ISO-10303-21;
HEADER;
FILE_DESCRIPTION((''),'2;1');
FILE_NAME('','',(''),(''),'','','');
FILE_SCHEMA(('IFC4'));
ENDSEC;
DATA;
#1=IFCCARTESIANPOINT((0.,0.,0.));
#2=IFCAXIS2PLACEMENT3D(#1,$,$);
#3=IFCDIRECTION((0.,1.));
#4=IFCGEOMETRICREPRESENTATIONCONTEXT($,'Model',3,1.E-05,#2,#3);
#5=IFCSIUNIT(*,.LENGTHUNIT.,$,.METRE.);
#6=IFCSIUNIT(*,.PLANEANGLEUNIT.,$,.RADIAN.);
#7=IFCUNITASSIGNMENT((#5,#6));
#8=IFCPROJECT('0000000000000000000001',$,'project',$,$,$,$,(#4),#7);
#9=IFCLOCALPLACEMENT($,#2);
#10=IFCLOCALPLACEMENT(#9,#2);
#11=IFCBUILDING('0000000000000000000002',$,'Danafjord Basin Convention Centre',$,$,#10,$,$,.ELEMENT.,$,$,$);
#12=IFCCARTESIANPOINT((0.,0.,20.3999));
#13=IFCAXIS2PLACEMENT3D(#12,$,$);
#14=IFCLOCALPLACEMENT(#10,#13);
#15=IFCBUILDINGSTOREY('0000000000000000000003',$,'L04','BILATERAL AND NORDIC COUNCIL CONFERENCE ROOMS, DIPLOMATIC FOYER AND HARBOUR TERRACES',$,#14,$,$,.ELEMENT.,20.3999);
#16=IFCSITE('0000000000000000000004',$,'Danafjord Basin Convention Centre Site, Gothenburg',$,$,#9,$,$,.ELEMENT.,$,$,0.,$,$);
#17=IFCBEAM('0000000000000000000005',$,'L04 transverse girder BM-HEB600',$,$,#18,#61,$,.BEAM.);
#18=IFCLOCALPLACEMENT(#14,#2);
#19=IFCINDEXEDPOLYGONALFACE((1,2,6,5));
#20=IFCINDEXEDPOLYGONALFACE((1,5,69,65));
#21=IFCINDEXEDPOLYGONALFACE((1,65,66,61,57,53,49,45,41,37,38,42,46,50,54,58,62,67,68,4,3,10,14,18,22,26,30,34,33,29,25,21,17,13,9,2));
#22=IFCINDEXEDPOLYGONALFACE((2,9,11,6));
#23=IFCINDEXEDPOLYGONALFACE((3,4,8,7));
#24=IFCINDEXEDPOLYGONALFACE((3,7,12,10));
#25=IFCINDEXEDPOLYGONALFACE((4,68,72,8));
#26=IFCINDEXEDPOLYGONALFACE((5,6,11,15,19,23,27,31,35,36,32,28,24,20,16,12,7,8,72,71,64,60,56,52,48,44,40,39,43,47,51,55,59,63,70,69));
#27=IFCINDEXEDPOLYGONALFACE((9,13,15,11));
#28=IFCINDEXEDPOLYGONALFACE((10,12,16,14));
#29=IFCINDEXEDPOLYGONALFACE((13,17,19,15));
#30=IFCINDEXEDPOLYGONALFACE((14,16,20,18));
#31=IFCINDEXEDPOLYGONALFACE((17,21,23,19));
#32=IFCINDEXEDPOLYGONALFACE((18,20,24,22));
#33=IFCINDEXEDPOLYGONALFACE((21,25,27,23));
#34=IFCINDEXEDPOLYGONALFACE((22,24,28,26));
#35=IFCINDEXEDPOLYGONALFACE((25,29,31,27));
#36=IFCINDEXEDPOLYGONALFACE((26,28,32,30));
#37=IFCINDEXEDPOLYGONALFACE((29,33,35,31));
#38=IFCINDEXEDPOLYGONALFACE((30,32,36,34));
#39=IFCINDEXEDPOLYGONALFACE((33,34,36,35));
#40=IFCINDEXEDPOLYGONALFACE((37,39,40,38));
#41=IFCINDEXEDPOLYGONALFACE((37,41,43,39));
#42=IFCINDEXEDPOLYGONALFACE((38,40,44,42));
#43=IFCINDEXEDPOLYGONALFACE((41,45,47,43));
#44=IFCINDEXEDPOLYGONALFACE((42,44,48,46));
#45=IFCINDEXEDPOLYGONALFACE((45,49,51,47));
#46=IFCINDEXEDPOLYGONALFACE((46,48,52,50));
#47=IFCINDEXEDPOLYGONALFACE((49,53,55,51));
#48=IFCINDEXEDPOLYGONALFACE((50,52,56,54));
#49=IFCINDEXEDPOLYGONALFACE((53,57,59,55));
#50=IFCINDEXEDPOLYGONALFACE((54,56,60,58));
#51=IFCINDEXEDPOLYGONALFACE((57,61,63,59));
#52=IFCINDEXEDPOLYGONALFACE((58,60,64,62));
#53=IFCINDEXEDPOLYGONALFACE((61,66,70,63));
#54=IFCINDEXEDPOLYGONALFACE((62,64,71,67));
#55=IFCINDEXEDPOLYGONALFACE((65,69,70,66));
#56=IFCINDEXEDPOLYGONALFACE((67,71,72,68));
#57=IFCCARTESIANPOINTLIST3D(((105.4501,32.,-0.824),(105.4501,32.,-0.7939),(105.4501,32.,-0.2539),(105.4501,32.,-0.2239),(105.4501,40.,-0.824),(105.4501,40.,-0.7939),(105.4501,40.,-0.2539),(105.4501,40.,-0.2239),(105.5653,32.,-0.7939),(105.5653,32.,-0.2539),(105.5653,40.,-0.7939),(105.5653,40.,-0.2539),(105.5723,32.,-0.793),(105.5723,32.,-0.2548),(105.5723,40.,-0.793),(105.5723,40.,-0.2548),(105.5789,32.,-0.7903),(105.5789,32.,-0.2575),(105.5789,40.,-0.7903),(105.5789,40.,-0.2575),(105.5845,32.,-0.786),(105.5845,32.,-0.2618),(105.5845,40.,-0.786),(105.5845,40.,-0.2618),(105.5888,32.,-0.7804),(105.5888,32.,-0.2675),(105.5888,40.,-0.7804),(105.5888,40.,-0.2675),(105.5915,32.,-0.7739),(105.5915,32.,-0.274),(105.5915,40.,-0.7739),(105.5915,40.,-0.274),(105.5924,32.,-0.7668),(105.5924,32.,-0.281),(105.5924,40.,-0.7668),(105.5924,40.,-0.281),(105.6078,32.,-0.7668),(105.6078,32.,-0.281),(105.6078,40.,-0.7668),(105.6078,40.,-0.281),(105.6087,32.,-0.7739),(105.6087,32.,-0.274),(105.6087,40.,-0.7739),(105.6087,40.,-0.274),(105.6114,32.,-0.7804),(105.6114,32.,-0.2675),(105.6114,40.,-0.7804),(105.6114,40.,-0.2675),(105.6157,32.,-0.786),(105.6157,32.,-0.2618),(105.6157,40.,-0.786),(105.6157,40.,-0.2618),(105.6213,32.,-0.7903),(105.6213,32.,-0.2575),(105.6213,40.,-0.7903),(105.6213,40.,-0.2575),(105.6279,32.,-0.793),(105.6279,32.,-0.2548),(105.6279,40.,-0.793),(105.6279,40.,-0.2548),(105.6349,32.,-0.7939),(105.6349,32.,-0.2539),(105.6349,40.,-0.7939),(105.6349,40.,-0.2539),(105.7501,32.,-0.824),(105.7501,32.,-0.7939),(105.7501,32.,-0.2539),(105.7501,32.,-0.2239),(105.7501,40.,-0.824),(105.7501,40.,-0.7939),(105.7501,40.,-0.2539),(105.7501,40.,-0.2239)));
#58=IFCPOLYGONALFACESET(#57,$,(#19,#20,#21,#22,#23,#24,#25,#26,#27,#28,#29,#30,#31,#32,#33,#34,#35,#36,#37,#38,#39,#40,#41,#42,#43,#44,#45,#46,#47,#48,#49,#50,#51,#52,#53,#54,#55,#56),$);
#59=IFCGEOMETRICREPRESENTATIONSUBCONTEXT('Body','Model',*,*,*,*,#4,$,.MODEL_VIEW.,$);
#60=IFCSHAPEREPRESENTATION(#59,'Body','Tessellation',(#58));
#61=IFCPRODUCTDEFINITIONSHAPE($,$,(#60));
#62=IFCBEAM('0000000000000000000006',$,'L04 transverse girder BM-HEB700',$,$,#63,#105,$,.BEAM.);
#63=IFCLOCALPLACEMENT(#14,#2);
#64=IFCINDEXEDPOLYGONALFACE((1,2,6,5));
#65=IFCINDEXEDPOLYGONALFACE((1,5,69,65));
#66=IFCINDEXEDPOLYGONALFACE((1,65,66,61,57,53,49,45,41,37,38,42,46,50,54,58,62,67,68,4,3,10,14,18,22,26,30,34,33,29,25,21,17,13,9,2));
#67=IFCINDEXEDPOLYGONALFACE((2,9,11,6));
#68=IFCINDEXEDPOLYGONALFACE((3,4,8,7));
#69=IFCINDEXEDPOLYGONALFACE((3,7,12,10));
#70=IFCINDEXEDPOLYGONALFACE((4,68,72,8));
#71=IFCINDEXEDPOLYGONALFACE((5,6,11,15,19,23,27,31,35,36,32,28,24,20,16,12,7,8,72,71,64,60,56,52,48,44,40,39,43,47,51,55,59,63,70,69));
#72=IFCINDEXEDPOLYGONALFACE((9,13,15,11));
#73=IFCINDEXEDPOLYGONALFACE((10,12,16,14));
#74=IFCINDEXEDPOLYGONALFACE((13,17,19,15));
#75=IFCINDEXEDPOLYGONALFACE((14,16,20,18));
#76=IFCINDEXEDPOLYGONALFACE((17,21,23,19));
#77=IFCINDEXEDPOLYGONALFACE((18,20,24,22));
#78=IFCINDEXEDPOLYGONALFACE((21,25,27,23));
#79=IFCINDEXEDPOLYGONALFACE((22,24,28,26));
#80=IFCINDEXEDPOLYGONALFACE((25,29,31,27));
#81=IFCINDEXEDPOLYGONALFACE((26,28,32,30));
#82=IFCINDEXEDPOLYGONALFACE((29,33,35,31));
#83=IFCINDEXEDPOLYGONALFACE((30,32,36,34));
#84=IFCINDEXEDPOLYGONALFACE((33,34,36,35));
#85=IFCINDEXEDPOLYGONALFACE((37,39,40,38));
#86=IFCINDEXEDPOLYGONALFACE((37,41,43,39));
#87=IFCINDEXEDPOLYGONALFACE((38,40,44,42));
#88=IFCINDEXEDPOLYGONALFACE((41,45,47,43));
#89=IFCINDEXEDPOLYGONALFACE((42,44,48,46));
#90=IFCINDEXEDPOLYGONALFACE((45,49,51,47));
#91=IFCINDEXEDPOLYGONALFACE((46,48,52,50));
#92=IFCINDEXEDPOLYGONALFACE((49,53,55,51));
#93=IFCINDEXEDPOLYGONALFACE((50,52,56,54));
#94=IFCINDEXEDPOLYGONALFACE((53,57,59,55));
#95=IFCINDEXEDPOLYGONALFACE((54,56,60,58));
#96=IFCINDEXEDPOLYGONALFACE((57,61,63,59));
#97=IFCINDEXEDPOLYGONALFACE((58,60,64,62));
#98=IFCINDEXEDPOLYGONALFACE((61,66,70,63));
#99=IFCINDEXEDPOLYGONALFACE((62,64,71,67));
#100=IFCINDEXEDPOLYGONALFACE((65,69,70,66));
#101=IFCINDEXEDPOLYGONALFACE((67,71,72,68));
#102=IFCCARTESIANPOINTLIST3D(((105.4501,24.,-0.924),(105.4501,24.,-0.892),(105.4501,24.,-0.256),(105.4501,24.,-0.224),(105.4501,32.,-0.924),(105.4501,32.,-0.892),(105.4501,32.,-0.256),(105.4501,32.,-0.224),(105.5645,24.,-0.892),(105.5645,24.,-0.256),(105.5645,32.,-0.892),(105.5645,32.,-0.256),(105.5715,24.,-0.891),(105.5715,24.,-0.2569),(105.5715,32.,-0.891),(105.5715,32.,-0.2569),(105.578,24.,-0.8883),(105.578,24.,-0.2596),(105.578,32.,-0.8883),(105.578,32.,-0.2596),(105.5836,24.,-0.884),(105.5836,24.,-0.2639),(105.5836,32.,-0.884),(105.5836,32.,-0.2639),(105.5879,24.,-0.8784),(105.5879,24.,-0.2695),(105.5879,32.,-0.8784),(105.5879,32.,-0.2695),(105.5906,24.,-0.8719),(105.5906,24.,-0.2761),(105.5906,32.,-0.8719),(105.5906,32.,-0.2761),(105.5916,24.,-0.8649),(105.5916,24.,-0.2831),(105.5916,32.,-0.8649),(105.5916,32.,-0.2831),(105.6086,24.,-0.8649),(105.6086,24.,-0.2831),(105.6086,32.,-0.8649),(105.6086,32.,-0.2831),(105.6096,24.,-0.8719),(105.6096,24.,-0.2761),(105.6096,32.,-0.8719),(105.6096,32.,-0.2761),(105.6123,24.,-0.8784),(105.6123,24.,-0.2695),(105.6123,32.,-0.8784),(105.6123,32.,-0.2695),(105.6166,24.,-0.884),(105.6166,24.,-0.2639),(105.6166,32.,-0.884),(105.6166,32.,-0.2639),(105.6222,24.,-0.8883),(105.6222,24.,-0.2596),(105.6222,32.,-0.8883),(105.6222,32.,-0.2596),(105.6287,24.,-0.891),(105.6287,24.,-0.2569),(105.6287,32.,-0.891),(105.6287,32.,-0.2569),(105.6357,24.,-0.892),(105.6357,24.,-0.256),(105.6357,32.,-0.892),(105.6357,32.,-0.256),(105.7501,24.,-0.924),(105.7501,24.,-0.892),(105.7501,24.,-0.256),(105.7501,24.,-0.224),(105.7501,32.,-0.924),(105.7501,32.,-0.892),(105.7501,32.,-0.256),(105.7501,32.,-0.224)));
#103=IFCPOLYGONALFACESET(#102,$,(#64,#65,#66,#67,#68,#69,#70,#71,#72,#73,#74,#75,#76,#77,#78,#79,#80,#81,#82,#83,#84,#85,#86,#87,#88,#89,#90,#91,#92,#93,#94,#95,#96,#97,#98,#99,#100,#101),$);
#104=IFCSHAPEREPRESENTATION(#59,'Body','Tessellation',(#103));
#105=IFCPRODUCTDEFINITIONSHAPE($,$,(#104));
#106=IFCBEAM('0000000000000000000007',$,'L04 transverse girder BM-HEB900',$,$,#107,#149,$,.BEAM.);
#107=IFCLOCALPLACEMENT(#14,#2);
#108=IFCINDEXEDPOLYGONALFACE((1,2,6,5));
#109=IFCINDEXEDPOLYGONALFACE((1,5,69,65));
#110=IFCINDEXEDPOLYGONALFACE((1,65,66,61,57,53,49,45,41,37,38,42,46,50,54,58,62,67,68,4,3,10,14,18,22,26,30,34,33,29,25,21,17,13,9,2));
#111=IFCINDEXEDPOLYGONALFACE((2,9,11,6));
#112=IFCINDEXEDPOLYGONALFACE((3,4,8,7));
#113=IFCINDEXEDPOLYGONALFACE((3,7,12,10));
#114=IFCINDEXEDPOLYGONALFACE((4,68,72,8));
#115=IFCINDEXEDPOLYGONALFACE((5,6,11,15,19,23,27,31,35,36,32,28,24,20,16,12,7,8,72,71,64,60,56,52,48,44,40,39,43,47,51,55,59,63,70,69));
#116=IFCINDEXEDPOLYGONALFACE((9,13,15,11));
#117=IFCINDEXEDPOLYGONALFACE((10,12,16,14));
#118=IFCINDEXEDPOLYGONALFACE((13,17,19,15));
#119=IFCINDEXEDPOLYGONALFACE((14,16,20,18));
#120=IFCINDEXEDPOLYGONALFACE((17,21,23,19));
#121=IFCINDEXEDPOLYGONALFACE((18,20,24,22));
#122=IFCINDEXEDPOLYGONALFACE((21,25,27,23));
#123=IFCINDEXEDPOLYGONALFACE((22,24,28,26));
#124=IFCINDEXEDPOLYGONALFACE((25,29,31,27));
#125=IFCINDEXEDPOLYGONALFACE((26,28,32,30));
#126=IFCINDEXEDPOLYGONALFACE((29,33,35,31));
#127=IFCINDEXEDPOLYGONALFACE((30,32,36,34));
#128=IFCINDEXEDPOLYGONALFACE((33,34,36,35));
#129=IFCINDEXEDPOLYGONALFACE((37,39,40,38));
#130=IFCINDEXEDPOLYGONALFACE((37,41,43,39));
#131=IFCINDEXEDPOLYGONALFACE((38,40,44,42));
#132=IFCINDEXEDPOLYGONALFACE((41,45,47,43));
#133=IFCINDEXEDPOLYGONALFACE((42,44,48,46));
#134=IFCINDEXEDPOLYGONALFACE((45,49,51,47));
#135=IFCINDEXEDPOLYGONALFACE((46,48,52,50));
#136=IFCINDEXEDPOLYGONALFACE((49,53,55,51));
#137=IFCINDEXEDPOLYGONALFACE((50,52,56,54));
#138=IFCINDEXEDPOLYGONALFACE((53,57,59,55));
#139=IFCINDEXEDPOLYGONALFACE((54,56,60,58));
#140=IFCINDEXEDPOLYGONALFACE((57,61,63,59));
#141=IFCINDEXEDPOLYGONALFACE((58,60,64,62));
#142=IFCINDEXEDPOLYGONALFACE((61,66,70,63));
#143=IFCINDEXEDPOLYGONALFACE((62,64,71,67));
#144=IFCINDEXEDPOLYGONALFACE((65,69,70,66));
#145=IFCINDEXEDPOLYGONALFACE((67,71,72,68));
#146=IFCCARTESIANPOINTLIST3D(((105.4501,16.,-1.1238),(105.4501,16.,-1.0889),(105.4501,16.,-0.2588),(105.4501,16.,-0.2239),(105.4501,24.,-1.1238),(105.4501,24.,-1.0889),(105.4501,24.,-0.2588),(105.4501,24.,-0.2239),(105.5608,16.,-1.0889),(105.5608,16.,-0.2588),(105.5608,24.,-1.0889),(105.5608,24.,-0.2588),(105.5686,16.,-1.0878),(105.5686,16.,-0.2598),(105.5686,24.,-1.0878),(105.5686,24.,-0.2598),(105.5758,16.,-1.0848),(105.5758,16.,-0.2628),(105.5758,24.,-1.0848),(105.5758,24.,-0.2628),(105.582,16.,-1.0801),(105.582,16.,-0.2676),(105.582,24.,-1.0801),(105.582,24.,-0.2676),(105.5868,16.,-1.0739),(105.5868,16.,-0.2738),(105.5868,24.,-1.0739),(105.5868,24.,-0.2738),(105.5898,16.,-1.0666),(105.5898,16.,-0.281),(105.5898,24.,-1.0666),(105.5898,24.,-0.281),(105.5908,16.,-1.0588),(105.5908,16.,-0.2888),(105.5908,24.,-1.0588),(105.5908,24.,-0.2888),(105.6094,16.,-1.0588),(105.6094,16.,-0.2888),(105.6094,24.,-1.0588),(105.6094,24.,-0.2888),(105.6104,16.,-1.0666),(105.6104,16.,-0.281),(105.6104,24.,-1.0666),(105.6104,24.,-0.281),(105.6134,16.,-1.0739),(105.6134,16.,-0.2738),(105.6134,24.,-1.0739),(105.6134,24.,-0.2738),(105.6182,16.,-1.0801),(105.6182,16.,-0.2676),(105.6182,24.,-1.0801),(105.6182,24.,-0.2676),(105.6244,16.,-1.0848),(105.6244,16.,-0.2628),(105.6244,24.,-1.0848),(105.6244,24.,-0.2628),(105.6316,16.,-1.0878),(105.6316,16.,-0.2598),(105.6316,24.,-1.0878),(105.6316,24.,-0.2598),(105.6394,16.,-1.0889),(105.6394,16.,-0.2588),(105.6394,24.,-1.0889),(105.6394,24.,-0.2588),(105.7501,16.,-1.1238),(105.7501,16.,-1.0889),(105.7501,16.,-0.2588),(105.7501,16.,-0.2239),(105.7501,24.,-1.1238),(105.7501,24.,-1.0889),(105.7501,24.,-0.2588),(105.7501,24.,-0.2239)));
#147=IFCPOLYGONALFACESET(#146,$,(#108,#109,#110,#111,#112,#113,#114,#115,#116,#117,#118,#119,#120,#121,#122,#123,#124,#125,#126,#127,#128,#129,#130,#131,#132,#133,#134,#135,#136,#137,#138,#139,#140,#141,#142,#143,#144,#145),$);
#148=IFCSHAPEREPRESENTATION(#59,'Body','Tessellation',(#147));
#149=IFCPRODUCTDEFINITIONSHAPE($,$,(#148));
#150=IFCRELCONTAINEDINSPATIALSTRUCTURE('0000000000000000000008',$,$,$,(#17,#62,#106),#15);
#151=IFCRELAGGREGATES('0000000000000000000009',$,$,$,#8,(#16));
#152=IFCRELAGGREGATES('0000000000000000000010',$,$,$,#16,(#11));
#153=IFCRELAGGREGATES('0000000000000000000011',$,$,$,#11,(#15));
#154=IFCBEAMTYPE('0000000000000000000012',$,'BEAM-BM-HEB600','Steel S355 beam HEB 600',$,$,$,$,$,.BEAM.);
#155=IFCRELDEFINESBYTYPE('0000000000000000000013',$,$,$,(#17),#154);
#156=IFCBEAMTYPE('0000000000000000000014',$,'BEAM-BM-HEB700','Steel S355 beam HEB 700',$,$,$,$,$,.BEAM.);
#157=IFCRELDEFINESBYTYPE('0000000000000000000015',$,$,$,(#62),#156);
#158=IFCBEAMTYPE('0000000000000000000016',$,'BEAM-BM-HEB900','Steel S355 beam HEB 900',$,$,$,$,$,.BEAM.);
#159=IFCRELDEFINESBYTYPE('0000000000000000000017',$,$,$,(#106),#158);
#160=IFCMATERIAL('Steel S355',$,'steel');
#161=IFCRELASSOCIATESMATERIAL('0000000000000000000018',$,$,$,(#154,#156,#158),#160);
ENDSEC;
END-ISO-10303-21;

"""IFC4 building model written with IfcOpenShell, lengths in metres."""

from ifc_helpers import new_model, si_unit, direction, frame, origin, origin_2d, place, context, subcontext, project, spatial, i_section, extrude, material, material_profile, profile_set, type_object, element, save


model = new_model("IFC4")

# Units and contexts
model_context = context("Model", 3, precision=1e-05, world=origin(), true_north=direction((0.0, 1.0)))
body_context = subcontext(model_context, "Body", "Model", "MODEL_VIEW")
ifc_project = project(units=[si_unit("LENGTHUNIT", "METRE"), si_unit("PLANEANGLEUNIT", "RADIAN")], contexts=[model_context])

# Site, building, storey
site_placement = place(None, origin())
site = spatial("IfcSite", under=ifc_project, at=site_placement, Name="Danafjord Basin Convention Centre Site, Gothenburg", CompositionType="ELEMENT", RefElevation=0.0)
building_placement = place(site_placement, origin())
building = spatial("IfcBuilding", under=site, at=building_placement, Name="Danafjord Basin Convention Centre", CompositionType="ELEMENT")
storey_placement = place(building_placement, frame((0.0, 0.0, 20.3999)))
storey = spatial("IfcBuildingStorey", under=building, at=storey_placement, Name="L04", Description="BILATERAL AND NORDIC COUNCIL CONFERENCE ROOMS, DIPLOMATIC FOYER AND HARBOUR TERRACES", CompositionType="ELEMENT", Elevation=20.3999)

# Beams
ifc_material_1 = material(Name="Steel S355", Category="steel")
ifc_material_profile_1 = material_profile(ifc_material_1, i_section(OverallWidth=0.3, OverallDepth=0.6001, WebThickness=0.0154, FlangeThickness=0.03, FilletRadius=0.0271, at=origin_2d()), Name="HEB 600")
ifc_profile_set_1 = profile_set([ifc_material_profile_1], Name="Steel S355")
beam_type_1 = type_object("IfcBeamType", Name="BEAM-BM-HEB600", Description="Steel S355 beam HEB 600", PredefinedType="BEAM", material=ifc_profile_set_1)
beam_1_placement = place(storey_placement, frame((105.6001, 32.0, -0.5239), z_axis=(0.0, 1.0, 0.0), x_axis=(-1.0, 0.0, 0.0)))
element("IfcBeam", 1, at=beam_1_placement, inside=storey, type_object=beam_type_1, Name="L04 transverse girder BM-HEB600", PredefinedType="BEAM", context=body_context, shape_type="SweptSolid", body=[
    extrude(i_section(OverallWidth=0.3, OverallDepth=0.6001, WebThickness=0.0154, FlangeThickness=0.03, FilletRadius=0.0271, at=origin_2d()), origin(), (0.0, 0.0, 1.0), 8.0),
])
ifc_material_profile_2 = material_profile(ifc_material_1, i_section(OverallWidth=0.3, OverallDepth=0.7, WebThickness=0.0171, FlangeThickness=0.032, FilletRadius=0.0271, at=origin_2d()), Name="HEB 700")
ifc_profile_set_2 = profile_set([ifc_material_profile_2], Name="Steel S355")
beam_type_2 = type_object("IfcBeamType", Name="BEAM-BM-HEB700", Description="Steel S355 beam HEB 700", PredefinedType="BEAM", material=ifc_profile_set_2)
beam_2_placement = place(storey_placement, frame((105.6001, 24.0, -0.574), z_axis=(0.0, 1.0, 0.0), x_axis=(-1.0, 0.0, 0.0)))
element("IfcBeam", 2, at=beam_2_placement, inside=storey, type_object=beam_type_2, Name="L04 transverse girder BM-HEB700", PredefinedType="BEAM", context=body_context, shape_type="SweptSolid", body=[
    extrude(i_section(OverallWidth=0.3, OverallDepth=0.7, WebThickness=0.0171, FlangeThickness=0.032, FilletRadius=0.0271, at=origin_2d()), origin(), (0.0, 0.0, 1.0), 8.0),
])
ifc_material_profile_3 = material_profile(ifc_material_1, i_section(OverallWidth=0.3, OverallDepth=0.8999, WebThickness=0.0186, FlangeThickness=0.0349, FilletRadius=0.03, at=origin_2d()), Name="HEB 900")
ifc_profile_set_3 = profile_set([ifc_material_profile_3], Name="Steel S355")
beam_type_3 = type_object("IfcBeamType", Name="BEAM-BM-HEB900", Description="Steel S355 beam HEB 900", PredefinedType="BEAM", material=ifc_profile_set_3)
beam_3_placement = place(storey_placement, frame((105.6001, 16.0, -0.6738), z_axis=(0.0, 1.0, 0.0), x_axis=(-1.0, 0.0, 0.0)))
element("IfcBeam", 3, at=beam_3_placement, inside=storey, type_object=beam_type_3, Name="L04 transverse girder BM-HEB900", PredefinedType="BEAM", context=body_context, shape_type="SweptSolid", body=[
    extrude(i_section(OverallWidth=0.3, OverallDepth=0.8999, WebThickness=0.0186, FlangeThickness=0.0349, FilletRadius=0.03, at=origin_2d()), origin(), (0.0, 0.0, 1.0), 8.0),
])

save(model, "model.ifc")
